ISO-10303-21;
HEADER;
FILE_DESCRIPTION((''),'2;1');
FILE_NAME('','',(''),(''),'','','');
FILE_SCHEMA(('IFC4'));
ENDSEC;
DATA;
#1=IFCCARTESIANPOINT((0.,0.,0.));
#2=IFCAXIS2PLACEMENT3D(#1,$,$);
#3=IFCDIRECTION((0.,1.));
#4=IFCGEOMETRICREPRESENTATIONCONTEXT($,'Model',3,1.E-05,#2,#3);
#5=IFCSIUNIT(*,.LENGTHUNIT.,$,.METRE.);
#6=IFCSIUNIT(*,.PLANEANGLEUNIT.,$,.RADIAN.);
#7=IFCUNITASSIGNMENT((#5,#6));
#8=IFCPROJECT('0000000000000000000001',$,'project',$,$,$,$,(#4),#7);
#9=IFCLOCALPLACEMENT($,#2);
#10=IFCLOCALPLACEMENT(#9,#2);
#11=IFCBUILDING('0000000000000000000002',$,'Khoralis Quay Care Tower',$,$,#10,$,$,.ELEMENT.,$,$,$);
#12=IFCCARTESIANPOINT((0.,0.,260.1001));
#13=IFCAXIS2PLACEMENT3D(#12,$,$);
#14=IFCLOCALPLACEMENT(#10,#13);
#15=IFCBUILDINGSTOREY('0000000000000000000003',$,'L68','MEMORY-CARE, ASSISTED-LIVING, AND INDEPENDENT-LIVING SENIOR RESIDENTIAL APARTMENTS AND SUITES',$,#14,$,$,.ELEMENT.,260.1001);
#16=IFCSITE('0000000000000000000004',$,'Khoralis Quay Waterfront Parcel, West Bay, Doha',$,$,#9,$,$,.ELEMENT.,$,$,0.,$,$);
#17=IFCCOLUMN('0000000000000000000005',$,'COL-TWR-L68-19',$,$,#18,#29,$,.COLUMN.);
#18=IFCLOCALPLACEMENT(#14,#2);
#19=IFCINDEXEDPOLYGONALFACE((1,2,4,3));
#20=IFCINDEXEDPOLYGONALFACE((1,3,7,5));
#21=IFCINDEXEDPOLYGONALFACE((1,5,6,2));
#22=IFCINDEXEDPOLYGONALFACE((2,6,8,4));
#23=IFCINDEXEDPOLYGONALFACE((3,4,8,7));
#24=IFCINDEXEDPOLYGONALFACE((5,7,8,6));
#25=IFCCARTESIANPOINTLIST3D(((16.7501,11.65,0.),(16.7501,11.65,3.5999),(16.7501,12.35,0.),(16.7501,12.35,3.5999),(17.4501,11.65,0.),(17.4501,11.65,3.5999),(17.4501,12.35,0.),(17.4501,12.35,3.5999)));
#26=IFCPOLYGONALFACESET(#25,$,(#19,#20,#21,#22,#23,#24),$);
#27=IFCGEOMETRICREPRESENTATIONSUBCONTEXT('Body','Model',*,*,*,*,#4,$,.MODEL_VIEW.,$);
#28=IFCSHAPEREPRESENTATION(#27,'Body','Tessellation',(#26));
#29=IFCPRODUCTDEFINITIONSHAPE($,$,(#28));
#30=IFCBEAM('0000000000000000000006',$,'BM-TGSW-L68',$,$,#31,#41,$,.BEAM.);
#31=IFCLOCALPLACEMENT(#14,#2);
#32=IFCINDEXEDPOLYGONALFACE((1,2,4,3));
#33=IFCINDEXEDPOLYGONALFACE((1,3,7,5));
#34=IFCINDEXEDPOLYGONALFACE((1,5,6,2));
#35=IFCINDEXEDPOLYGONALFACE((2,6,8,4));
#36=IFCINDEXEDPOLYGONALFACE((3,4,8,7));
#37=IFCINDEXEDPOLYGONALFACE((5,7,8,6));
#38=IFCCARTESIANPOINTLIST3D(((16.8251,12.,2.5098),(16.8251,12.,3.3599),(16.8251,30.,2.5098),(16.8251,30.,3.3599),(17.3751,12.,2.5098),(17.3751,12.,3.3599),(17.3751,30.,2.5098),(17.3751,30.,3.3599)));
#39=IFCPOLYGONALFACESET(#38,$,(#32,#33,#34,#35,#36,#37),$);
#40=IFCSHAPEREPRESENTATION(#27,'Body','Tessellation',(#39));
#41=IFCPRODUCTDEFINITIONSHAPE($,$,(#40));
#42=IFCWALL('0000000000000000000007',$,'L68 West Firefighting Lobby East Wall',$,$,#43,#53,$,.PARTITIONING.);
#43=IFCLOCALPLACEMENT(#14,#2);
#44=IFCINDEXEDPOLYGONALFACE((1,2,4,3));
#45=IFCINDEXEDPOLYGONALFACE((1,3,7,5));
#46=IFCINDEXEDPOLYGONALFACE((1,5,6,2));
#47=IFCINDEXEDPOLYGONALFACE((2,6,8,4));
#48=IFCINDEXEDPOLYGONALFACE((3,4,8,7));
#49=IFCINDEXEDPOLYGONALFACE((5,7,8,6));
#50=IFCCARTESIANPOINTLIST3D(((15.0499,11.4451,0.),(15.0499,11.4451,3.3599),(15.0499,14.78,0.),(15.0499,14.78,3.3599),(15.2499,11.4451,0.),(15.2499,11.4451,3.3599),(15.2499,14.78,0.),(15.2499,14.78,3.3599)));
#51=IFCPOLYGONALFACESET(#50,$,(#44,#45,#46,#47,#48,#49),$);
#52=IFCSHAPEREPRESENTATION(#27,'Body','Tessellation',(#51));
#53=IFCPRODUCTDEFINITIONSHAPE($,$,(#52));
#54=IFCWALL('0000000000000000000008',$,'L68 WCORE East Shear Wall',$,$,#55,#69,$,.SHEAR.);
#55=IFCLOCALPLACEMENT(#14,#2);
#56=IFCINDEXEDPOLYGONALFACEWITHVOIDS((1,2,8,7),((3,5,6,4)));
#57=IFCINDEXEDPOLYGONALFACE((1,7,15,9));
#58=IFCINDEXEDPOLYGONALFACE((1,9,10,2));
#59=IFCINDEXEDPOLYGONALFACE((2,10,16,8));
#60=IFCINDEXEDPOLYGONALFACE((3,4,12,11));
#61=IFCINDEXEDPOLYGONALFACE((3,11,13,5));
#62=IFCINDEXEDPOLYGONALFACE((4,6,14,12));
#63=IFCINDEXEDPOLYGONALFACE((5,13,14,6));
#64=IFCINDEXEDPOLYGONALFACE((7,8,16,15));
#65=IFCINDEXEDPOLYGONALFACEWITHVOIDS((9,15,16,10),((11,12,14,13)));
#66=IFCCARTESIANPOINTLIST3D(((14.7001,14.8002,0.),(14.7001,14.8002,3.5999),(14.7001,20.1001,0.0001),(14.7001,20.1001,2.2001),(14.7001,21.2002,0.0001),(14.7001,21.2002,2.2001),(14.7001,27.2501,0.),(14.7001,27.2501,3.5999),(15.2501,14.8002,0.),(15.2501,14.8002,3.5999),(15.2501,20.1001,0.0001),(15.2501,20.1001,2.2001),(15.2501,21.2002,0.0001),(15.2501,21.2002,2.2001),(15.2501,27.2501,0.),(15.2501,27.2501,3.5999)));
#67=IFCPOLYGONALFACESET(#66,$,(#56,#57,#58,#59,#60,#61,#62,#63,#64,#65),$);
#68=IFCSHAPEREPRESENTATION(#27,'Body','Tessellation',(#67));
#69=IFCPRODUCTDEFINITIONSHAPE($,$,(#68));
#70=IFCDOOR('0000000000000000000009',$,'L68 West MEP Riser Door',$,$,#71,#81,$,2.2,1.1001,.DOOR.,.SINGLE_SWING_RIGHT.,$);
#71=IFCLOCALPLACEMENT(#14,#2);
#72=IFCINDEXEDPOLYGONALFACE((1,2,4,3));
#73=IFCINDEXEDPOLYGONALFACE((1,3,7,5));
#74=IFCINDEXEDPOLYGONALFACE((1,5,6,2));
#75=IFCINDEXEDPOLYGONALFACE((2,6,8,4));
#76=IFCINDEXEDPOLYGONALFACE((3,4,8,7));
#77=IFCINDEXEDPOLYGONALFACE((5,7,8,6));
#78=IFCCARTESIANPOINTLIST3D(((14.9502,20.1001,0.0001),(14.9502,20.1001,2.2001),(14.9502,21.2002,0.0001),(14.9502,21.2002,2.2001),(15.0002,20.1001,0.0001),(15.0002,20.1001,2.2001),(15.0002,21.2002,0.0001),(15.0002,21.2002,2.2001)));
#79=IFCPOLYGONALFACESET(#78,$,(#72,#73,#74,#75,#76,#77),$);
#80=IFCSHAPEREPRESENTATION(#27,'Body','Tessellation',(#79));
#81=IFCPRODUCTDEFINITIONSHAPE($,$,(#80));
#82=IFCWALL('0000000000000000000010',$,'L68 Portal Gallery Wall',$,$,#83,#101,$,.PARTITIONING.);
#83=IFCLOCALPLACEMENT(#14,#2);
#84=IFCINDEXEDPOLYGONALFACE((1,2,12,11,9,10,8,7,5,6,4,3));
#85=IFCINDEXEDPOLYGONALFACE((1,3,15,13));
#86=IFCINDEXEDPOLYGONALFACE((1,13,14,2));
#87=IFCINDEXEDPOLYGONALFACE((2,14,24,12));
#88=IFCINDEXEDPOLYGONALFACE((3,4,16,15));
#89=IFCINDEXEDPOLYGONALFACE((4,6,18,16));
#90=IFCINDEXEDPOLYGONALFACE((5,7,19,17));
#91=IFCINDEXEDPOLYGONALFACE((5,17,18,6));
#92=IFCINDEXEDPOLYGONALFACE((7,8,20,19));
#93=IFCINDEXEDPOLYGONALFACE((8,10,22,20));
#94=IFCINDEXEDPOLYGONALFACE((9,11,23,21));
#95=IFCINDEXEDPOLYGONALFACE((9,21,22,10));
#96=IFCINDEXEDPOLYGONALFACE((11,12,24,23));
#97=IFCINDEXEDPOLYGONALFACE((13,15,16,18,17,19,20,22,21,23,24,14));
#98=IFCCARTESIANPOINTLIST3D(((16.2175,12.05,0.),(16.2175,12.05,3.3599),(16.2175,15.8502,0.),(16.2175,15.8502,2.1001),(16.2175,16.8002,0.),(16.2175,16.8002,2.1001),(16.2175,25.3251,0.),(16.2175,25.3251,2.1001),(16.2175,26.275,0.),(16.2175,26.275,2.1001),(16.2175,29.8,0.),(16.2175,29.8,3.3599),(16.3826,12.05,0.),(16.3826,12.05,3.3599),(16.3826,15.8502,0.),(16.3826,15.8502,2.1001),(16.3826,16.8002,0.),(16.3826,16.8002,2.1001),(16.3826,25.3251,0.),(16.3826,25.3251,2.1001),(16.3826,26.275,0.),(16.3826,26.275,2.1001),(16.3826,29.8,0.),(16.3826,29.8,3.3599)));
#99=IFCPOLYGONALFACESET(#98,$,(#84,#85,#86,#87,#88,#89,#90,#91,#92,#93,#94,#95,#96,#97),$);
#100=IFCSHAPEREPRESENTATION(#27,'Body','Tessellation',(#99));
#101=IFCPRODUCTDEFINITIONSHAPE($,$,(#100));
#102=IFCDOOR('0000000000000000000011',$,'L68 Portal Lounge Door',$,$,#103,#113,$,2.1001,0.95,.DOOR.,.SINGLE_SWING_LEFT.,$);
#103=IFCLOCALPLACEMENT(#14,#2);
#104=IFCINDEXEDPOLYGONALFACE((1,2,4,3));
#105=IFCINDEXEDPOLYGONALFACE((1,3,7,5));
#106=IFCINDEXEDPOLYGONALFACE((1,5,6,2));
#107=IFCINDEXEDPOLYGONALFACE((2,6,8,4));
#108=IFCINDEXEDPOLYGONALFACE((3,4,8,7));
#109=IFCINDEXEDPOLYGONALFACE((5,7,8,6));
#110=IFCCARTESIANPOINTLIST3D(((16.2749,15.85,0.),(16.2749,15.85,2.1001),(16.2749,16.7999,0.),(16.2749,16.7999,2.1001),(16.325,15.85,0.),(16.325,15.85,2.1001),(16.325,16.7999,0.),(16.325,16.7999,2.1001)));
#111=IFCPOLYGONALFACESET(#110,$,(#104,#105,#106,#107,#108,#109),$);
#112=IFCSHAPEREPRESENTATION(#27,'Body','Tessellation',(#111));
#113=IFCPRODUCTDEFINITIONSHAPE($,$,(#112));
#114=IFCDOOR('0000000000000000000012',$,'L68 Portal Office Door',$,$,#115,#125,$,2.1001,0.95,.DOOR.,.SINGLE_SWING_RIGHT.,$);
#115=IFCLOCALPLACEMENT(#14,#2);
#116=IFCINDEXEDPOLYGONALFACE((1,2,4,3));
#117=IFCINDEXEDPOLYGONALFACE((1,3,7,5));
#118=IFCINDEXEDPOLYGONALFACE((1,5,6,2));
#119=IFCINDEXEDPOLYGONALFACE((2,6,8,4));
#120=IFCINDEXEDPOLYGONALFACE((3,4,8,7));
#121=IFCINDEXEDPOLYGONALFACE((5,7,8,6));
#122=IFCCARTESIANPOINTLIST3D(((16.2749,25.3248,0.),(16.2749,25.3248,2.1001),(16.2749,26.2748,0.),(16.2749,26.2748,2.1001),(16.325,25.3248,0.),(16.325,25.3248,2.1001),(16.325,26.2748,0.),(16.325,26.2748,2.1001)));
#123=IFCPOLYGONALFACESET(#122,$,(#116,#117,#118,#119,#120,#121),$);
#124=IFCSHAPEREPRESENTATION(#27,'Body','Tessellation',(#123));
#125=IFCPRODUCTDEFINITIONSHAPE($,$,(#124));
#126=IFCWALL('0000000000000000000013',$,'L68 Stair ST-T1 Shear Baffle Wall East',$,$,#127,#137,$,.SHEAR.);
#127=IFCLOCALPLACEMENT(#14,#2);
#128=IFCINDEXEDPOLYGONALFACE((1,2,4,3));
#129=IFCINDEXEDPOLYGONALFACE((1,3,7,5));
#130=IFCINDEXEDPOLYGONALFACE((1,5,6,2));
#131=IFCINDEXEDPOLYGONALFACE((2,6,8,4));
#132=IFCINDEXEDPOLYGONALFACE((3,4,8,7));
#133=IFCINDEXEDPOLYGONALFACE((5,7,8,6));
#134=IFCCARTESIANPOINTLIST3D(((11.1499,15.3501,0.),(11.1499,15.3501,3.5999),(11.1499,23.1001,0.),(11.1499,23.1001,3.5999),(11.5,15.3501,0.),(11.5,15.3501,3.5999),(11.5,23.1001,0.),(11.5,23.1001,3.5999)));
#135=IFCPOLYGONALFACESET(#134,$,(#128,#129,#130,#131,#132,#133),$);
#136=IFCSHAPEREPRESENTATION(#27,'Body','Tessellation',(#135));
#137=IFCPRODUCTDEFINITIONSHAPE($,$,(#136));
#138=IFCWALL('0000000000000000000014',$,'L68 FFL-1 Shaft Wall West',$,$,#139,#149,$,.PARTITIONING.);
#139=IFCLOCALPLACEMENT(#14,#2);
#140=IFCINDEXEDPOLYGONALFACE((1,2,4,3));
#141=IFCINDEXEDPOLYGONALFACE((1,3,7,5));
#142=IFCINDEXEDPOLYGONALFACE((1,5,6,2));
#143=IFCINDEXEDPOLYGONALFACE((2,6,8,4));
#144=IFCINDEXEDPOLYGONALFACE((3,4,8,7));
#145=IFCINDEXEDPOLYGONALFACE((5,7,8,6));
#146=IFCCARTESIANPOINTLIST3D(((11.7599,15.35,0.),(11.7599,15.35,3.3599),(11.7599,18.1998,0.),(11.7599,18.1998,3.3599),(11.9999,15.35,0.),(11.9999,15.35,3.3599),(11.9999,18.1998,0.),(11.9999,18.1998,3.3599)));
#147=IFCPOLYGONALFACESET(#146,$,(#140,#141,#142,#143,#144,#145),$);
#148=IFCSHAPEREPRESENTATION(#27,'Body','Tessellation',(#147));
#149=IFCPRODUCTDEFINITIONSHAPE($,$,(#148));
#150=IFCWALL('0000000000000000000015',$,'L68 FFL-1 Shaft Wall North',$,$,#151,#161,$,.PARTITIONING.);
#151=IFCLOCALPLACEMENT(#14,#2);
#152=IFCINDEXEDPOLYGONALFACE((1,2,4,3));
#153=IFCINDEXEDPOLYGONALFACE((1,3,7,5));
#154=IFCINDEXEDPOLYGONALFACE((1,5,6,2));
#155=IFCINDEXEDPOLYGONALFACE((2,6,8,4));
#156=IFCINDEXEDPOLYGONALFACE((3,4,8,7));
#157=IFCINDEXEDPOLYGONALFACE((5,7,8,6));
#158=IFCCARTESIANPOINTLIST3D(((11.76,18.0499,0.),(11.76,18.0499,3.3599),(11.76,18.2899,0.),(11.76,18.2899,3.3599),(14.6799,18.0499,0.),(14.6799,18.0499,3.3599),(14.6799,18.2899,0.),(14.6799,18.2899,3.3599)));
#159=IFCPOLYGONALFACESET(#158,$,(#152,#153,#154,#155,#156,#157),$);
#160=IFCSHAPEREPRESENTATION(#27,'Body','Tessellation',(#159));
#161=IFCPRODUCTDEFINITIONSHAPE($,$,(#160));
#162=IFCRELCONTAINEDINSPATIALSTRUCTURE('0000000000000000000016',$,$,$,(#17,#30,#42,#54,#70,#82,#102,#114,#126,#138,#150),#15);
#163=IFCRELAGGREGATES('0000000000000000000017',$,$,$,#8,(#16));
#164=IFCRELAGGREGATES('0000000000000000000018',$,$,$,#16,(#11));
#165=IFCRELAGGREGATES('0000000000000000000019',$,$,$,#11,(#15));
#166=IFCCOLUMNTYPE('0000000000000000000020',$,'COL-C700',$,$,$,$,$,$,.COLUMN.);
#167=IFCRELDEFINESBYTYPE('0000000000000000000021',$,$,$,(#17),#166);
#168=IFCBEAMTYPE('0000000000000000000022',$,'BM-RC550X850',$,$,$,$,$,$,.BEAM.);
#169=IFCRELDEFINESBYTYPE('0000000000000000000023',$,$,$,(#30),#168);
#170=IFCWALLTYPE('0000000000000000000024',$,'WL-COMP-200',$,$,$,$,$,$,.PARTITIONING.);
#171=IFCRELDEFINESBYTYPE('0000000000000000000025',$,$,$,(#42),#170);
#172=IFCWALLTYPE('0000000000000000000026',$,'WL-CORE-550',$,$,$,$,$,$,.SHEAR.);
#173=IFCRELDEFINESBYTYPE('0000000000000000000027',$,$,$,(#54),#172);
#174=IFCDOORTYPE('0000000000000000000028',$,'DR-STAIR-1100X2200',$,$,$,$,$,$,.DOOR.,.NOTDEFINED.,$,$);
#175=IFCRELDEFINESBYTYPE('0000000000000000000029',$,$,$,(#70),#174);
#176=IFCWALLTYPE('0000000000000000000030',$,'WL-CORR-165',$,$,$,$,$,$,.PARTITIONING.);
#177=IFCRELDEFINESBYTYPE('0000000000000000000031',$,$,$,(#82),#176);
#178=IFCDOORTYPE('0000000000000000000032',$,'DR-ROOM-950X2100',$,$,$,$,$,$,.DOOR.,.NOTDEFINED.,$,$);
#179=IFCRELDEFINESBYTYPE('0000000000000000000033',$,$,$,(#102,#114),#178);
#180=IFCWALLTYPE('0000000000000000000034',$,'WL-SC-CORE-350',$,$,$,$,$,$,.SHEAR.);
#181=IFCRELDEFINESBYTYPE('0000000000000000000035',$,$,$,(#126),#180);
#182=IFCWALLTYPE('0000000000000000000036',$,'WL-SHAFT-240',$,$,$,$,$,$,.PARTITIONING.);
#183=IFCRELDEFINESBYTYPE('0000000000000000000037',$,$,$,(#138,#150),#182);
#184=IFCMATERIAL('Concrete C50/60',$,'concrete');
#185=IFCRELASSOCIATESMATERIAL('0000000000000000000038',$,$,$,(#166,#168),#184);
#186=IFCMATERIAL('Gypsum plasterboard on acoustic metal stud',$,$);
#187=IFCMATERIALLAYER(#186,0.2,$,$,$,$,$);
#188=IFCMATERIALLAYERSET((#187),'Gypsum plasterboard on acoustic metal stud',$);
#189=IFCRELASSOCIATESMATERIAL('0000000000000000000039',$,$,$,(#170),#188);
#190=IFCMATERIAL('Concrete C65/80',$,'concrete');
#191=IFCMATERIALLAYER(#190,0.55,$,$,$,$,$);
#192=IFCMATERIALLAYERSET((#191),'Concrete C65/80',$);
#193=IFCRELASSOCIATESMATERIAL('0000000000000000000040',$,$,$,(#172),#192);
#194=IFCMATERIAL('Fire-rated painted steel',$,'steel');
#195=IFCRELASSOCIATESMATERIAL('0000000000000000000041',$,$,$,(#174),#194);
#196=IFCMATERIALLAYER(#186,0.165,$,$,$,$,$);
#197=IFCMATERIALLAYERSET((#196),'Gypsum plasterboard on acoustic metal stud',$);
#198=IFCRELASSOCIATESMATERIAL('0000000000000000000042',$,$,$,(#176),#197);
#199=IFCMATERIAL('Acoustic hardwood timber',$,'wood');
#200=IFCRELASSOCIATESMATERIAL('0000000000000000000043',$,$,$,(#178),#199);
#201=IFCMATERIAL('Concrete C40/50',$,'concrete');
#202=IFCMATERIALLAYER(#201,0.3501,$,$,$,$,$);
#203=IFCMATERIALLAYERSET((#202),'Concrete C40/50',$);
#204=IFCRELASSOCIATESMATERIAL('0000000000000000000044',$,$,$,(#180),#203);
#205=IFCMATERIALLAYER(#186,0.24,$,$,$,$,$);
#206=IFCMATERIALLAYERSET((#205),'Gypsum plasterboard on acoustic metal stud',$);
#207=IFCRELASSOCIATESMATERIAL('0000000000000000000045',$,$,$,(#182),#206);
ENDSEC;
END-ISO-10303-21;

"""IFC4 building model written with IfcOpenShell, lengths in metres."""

from ifc_helpers import new_model, si_unit, direction, frame, frame_2d, origin, origin_2d, place, context, subcontext, project, spatial, rectangle, extrude, source, transform, mapped, material, layer, layer_set, material_profile, profile_set, type_object, element, fill, save


model = new_model("IFC4")

# Units and contexts
model_context = context("Model", 3, precision=1e-05, world=origin(), true_north=direction((0.0, 1.0)))
body_context = subcontext(model_context, "Body", "Model", "MODEL_VIEW")
ifc_project = project(units=[si_unit("LENGTHUNIT", "METRE"), si_unit("PLANEANGLEUNIT", "RADIAN")], contexts=[model_context])

# Site, building, storey
site_placement = place(None, origin())
site = spatial("IfcSite", under=ifc_project, at=site_placement, Name="Khoralis Quay Waterfront Parcel, West Bay, Doha", CompositionType="ELEMENT", RefElevation=0.0)
building_placement = place(site_placement, origin())
building = spatial("IfcBuilding", under=site, at=building_placement, Name="Khoralis Quay Care Tower", CompositionType="ELEMENT")
storey_placement = place(building_placement, frame((0.0, 0.0, 260.1001)))
storey = spatial("IfcBuildingStorey", under=building, at=storey_placement, Name="L68", Description="MEMORY-CARE, ASSISTED-LIVING, AND INDEPENDENT-LIVING SENIOR RESIDENTIAL APARTMENTS AND SUITES", CompositionType="ELEMENT", Elevation=260.1001)

# Column
ifc_material_1 = material(Name="Concrete C50/60", Category="concrete")
ifc_material_profile_1 = material_profile(ifc_material_1, rectangle(XDim=0.7, YDim=0.7, at=origin_2d()), Name="Concrete C50/60")
ifc_profile_set_1 = profile_set([ifc_material_profile_1], Name="Concrete C50/60")
column_type = type_object("IfcColumnType", Name="COL-C700", PredefinedType="COLUMN", material=ifc_profile_set_1)
shared_shape_1 = source(origin(), body_context, "Body", "SweptSolid", [
    extrude(rectangle(XDim=0.7, YDim=0.7, at=origin_2d()), origin(), (0.0, 0.0, 1.0), 3.5999),
])
column_placement = place(storey_placement, frame((17.1001, 12.0, 0.0), z_axis=(0.0, 0.0, 1.0), x_axis=(1.0, 0.0, 0.0)))
element("IfcColumn", 1, at=column_placement, inside=storey, type_object=column_type, Name="COL-TWR-L68-19", PredefinedType="COLUMN", context=body_context, shape_type="MappedRepresentation", body=[
    mapped(shared_shape_1, transform((0.0, 0.0, 0.0), scale=1.0)),
])

# Beam
ifc_material_profile_2 = material_profile(ifc_material_1, rectangle(XDim=0.55, YDim=0.8501, at=origin_2d()), Name="Concrete C50/60")
ifc_profile_set_2 = profile_set([ifc_material_profile_2], Name="Concrete C50/60")
beam_type = type_object("IfcBeamType", Name="BM-RC550X850", PredefinedType="BEAM", material=ifc_profile_set_2)
shared_shape_2 = source(origin(), body_context, "Body", "SweptSolid", [
    extrude(rectangle(XDim=0.55, YDim=0.8501, at=origin_2d()), origin(), (0.0, 0.0, 1.0), 18.0),
])
beam_placement = place(storey_placement, frame((17.1001, 12.0, 2.9348), z_axis=(0.0, 1.0, 0.0), x_axis=(-1.0, 0.0, 0.0)))
element("IfcBeam", 2, at=beam_placement, inside=storey, type_object=beam_type, Name="BM-TGSW-L68", PredefinedType="BEAM", context=body_context, shape_type="MappedRepresentation", body=[
    mapped(shared_shape_2, transform((0.0, 0.0, 0.0), scale=1.0)),
])

# Wall
ifc_material_2 = material(Name="Gypsum plasterboard on acoustic metal stud")
ifc_layer_1 = layer(ifc_material_2, 0.2)
ifc_layer_set_1 = layer_set([ifc_layer_1], Name="Gypsum plasterboard on acoustic metal stud")
wall_type_1 = type_object("IfcWallType", Name="WL-COMP-200", PredefinedType="PARTITIONING", material=ifc_layer_set_1)
wall_1_placement = place(storey_placement, frame((15.1499, 11.4451, 0.0), z_axis=(0.0, 0.0, 1.0), x_axis=(0.0, 1.0, 0.0)))
element("IfcWall", 3, at=wall_1_placement, inside=storey, type_object=wall_type_1, Name="L68 West Firefighting Lobby East Wall", PredefinedType="PARTITIONING", context=body_context, shape_type="SweptSolid", body=[
    extrude(rectangle(XDim=3.335, YDim=0.2, at=frame_2d((1.6675, 0.0))), origin(), (0.0, 0.0, 1.0), 3.3599),
])

# Wall, opening, door
ifc_material_3 = material(Name="Concrete C65/80", Category="concrete")
ifc_layer_2 = layer(ifc_material_3, 0.55)
ifc_layer_set_2 = layer_set([ifc_layer_2], Name="Concrete C65/80")
wall_type_2 = type_object("IfcWallType", Name="WL-CORE-550", PredefinedType="SHEAR", material=ifc_layer_set_2)
wall_2_placement = place(storey_placement, frame((14.9751, 14.8, 0.0), z_axis=(0.0, 0.0, 1.0), x_axis=(0.0, 1.0, 0.0)))
wall_2 = element("IfcWall", 4, at=wall_2_placement, inside=storey, type_object=wall_type_2, Name="L68 WCORE East Shear Wall", PredefinedType="SHEAR", context=body_context, shape_type="SweptSolid", body=[
    extrude(rectangle(XDim=12.45, YDim=0.55, at=frame_2d((6.2251, 0.0))), origin(), (0.0, 0.0, 1.0), 3.5999),
])
opening_1_placement = place(wall_2_placement, frame((5.3, 0.0, 0.0)))
opening_1 = element("IfcOpeningElement", 5, at=opening_1_placement, cuts=wall_2, PredefinedType="OPENING", context=body_context, shape_type="SweptSolid", body=[
    extrude(rectangle(XDim=1.1001, YDim=2.2, at=frame_2d((0.55, 1.1001))), frame((0.0, 0.2852, 0.0), z_axis=(0.0, -1.0, 0.0), x_axis=(1.0, 0.0, 0.0)), (0.0, 0.0, 1.0), 0.5701),
])
ifc_material_4 = material(Name="Fire-rated painted steel", Category="steel")
door_type_1 = type_object("IfcDoorType", Name="DR-STAIR-1100X2200", OperationType="NOTDEFINED", PredefinedType="DOOR", material=ifc_material_4)
shared_shape_3 = source(origin(), body_context, "Body", "SweptSolid", [
    extrude(rectangle(XDim=1.1001, YDim=2.2, at=frame_2d((0.55, 1.1001))), frame((0.0, 0.0249, 0.0), z_axis=(0.0, -1.0, 0.0), x_axis=(1.0, 0.0, 0.0)), (0.0, 0.0, 1.0), 0.05),
])
door_1_placement = place(opening_1_placement, origin())
door_1 = element("IfcDoor", 6, at=door_1_placement, inside=storey, type_object=door_type_1, Name="L68 West MEP Riser Door", OperationType="SINGLE_SWING_RIGHT", OverallHeight=2.2, OverallWidth=1.1001, PredefinedType="DOOR", context=body_context, shape_type="MappedRepresentation", body=[
    mapped(shared_shape_3, transform((0.0, 0.0, 0.0), scale=1.0)),
])
fill(opening_1, door_1)

# Wall, openings, doors
ifc_layer_3 = layer(ifc_material_2, 0.165)
ifc_layer_set_3 = layer_set([ifc_layer_3], Name="Gypsum plasterboard on acoustic metal stud")
wall_type_3 = type_object("IfcWallType", Name="WL-CORR-165", PredefinedType="PARTITIONING", material=ifc_layer_set_3)
wall_3_placement = place(storey_placement, frame((16.3, 12.05, 0.0), z_axis=(0.0, 0.0, 1.0), x_axis=(0.0, 1.0, 0.0)))
wall_3 = element("IfcWall", 7, at=wall_3_placement, inside=storey, type_object=wall_type_3, Name="L68 Portal Gallery Wall", PredefinedType="PARTITIONING", context=body_context, shape_type="SweptSolid", body=[
    extrude(rectangle(XDim=17.75, YDim=0.165, at=frame_2d((8.875, 0.0))), origin(), (0.0, 0.0, 1.0), 3.3599),
])
opening_2_placement = place(wall_3_placement, frame((3.8, 0.0, 0.0)))
opening_2 = element("IfcOpeningElement", 8, at=opening_2_placement, cuts=wall_3, PredefinedType="OPENING", context=body_context, shape_type="SweptSolid", body=[
    extrude(rectangle(XDim=0.95, YDim=2.1001, at=frame_2d((0.4751, 1.05))), frame((0.0, 0.0925, 0.0), z_axis=(0.0, -1.0, 0.0), x_axis=(1.0, 0.0, 0.0)), (0.0, 0.0, 1.0), 0.1851),
])
opening_3_placement = place(wall_3_placement, frame((13.2749, 0.0, 0.0)))
opening_3 = element("IfcOpeningElement", 9, at=opening_3_placement, cuts=wall_3, PredefinedType="OPENING", context=body_context, shape_type="SweptSolid", body=[
    extrude(rectangle(XDim=0.95, YDim=2.1001, at=frame_2d((0.4751, 1.05))), frame((0.0, 0.0925, 0.0), z_axis=(0.0, -1.0, 0.0), x_axis=(1.0, 0.0, 0.0)), (0.0, 0.0, 1.0), 0.1851),
])
ifc_material_5 = material(Name="Acoustic hardwood timber", Category="wood")
door_type_2 = type_object("IfcDoorType", Name="DR-ROOM-950X2100", OperationType="NOTDEFINED", PredefinedType="DOOR", material=ifc_material_5)
shared_shape_4 = source(origin(), body_context, "Body", "SweptSolid", [
    extrude(rectangle(XDim=0.95, YDim=2.1001, at=frame_2d((0.4751, 1.05))), frame((0.0, 0.0249, 0.0), z_axis=(0.0, -1.0, 0.0), x_axis=(1.0, 0.0, 0.0)), (0.0, 0.0, 1.0), 0.05),
])
door_2_placement = place(opening_2_placement, frame((0.95, 0.0, 0.0), z_axis=(0.0, 0.0, 1.0), x_axis=(-1.0, 0.0, 0.0)))
door_2 = element("IfcDoor", 10, at=door_2_placement, inside=storey, type_object=door_type_2, Name="L68 Portal Lounge Door", OperationType="SINGLE_SWING_LEFT", OverallHeight=2.1001, OverallWidth=0.95, PredefinedType="DOOR", context=body_context, shape_type="MappedRepresentation", body=[
    mapped(shared_shape_4, transform((0.0, 0.0, 0.0), scale=1.0)),
])
fill(opening_2, door_2)
door_3_placement = place(opening_3_placement, frame((0.95, 0.0, 0.0), z_axis=(0.0, 0.0, 1.0), x_axis=(-1.0, 0.0, 0.0)))
door_3 = element("IfcDoor", 11, at=door_3_placement, inside=storey, type_object=door_type_2, Name="L68 Portal Office Door", OperationType="SINGLE_SWING_RIGHT", OverallHeight=2.1001, OverallWidth=0.95, PredefinedType="DOOR", context=body_context, shape_type="MappedRepresentation", body=[
    mapped(shared_shape_4, transform((0.0, 0.0, 0.0), scale=1.0)),
])
fill(opening_3, door_3)

# Walls
ifc_material_6 = material(Name="Concrete C40/50", Category="concrete")
ifc_layer_4 = layer(ifc_material_6, 0.3501)
ifc_layer_set_4 = layer_set([ifc_layer_4], Name="Concrete C40/50")
wall_type_4 = type_object("IfcWallType", Name="WL-SC-CORE-350", PredefinedType="SHEAR", material=ifc_layer_set_4)
wall_4_placement = place(storey_placement, frame((11.325, 15.3501, 0.0), z_axis=(0.0, 0.0, 1.0), x_axis=(0.0, 1.0, 0.0)))
element("IfcWall", 12, at=wall_4_placement, inside=storey, type_object=wall_type_4, Name="L68 Stair ST-T1 Shear Baffle Wall East", PredefinedType="SHEAR", context=body_context, shape_type="SweptSolid", body=[
    extrude(rectangle(XDim=7.75, YDim=0.3501, at=frame_2d((3.875, 0.0))), origin(), (0.0, 0.0, 1.0), 3.5999),
])
ifc_layer_5 = layer(ifc_material_2, 0.24)
ifc_layer_set_5 = layer_set([ifc_layer_5], Name="Gypsum plasterboard on acoustic metal stud")
wall_type_5 = type_object("IfcWallType", Name="WL-SHAFT-240", PredefinedType="PARTITIONING", material=ifc_layer_set_5)
wall_5_placement = place(storey_placement, frame((11.8799, 15.3501, 0.0), z_axis=(0.0, 0.0, 1.0), x_axis=(0.0, 1.0, 0.0)))
element("IfcWall", 13, at=wall_5_placement, inside=storey, type_object=wall_type_5, Name="L68 FFL-1 Shaft Wall West", PredefinedType="PARTITIONING", context=body_context, shape_type="SweptSolid", body=[
    extrude(rectangle(XDim=2.8499, YDim=0.24, at=frame_2d((1.4248, 0.0))), origin(), (0.0, 0.0, 1.0), 3.3599),
])
wall_6_placement = place(storey_placement, frame((11.76, 18.1699, 0.0), z_axis=(0.0, 0.0, 1.0), x_axis=(1.0, 0.0, 0.0)))
element("IfcWall", 14, at=wall_6_placement, inside=storey, type_object=wall_type_5, Name="L68 FFL-1 Shaft Wall North", PredefinedType="PARTITIONING", context=body_context, shape_type="SweptSolid", body=[
    extrude(rectangle(XDim=2.9199, YDim=0.24, at=frame_2d((1.46, 0.0))), origin(), (0.0, 0.0, 1.0), 3.3599),
])

save(model, "model.ifc")
